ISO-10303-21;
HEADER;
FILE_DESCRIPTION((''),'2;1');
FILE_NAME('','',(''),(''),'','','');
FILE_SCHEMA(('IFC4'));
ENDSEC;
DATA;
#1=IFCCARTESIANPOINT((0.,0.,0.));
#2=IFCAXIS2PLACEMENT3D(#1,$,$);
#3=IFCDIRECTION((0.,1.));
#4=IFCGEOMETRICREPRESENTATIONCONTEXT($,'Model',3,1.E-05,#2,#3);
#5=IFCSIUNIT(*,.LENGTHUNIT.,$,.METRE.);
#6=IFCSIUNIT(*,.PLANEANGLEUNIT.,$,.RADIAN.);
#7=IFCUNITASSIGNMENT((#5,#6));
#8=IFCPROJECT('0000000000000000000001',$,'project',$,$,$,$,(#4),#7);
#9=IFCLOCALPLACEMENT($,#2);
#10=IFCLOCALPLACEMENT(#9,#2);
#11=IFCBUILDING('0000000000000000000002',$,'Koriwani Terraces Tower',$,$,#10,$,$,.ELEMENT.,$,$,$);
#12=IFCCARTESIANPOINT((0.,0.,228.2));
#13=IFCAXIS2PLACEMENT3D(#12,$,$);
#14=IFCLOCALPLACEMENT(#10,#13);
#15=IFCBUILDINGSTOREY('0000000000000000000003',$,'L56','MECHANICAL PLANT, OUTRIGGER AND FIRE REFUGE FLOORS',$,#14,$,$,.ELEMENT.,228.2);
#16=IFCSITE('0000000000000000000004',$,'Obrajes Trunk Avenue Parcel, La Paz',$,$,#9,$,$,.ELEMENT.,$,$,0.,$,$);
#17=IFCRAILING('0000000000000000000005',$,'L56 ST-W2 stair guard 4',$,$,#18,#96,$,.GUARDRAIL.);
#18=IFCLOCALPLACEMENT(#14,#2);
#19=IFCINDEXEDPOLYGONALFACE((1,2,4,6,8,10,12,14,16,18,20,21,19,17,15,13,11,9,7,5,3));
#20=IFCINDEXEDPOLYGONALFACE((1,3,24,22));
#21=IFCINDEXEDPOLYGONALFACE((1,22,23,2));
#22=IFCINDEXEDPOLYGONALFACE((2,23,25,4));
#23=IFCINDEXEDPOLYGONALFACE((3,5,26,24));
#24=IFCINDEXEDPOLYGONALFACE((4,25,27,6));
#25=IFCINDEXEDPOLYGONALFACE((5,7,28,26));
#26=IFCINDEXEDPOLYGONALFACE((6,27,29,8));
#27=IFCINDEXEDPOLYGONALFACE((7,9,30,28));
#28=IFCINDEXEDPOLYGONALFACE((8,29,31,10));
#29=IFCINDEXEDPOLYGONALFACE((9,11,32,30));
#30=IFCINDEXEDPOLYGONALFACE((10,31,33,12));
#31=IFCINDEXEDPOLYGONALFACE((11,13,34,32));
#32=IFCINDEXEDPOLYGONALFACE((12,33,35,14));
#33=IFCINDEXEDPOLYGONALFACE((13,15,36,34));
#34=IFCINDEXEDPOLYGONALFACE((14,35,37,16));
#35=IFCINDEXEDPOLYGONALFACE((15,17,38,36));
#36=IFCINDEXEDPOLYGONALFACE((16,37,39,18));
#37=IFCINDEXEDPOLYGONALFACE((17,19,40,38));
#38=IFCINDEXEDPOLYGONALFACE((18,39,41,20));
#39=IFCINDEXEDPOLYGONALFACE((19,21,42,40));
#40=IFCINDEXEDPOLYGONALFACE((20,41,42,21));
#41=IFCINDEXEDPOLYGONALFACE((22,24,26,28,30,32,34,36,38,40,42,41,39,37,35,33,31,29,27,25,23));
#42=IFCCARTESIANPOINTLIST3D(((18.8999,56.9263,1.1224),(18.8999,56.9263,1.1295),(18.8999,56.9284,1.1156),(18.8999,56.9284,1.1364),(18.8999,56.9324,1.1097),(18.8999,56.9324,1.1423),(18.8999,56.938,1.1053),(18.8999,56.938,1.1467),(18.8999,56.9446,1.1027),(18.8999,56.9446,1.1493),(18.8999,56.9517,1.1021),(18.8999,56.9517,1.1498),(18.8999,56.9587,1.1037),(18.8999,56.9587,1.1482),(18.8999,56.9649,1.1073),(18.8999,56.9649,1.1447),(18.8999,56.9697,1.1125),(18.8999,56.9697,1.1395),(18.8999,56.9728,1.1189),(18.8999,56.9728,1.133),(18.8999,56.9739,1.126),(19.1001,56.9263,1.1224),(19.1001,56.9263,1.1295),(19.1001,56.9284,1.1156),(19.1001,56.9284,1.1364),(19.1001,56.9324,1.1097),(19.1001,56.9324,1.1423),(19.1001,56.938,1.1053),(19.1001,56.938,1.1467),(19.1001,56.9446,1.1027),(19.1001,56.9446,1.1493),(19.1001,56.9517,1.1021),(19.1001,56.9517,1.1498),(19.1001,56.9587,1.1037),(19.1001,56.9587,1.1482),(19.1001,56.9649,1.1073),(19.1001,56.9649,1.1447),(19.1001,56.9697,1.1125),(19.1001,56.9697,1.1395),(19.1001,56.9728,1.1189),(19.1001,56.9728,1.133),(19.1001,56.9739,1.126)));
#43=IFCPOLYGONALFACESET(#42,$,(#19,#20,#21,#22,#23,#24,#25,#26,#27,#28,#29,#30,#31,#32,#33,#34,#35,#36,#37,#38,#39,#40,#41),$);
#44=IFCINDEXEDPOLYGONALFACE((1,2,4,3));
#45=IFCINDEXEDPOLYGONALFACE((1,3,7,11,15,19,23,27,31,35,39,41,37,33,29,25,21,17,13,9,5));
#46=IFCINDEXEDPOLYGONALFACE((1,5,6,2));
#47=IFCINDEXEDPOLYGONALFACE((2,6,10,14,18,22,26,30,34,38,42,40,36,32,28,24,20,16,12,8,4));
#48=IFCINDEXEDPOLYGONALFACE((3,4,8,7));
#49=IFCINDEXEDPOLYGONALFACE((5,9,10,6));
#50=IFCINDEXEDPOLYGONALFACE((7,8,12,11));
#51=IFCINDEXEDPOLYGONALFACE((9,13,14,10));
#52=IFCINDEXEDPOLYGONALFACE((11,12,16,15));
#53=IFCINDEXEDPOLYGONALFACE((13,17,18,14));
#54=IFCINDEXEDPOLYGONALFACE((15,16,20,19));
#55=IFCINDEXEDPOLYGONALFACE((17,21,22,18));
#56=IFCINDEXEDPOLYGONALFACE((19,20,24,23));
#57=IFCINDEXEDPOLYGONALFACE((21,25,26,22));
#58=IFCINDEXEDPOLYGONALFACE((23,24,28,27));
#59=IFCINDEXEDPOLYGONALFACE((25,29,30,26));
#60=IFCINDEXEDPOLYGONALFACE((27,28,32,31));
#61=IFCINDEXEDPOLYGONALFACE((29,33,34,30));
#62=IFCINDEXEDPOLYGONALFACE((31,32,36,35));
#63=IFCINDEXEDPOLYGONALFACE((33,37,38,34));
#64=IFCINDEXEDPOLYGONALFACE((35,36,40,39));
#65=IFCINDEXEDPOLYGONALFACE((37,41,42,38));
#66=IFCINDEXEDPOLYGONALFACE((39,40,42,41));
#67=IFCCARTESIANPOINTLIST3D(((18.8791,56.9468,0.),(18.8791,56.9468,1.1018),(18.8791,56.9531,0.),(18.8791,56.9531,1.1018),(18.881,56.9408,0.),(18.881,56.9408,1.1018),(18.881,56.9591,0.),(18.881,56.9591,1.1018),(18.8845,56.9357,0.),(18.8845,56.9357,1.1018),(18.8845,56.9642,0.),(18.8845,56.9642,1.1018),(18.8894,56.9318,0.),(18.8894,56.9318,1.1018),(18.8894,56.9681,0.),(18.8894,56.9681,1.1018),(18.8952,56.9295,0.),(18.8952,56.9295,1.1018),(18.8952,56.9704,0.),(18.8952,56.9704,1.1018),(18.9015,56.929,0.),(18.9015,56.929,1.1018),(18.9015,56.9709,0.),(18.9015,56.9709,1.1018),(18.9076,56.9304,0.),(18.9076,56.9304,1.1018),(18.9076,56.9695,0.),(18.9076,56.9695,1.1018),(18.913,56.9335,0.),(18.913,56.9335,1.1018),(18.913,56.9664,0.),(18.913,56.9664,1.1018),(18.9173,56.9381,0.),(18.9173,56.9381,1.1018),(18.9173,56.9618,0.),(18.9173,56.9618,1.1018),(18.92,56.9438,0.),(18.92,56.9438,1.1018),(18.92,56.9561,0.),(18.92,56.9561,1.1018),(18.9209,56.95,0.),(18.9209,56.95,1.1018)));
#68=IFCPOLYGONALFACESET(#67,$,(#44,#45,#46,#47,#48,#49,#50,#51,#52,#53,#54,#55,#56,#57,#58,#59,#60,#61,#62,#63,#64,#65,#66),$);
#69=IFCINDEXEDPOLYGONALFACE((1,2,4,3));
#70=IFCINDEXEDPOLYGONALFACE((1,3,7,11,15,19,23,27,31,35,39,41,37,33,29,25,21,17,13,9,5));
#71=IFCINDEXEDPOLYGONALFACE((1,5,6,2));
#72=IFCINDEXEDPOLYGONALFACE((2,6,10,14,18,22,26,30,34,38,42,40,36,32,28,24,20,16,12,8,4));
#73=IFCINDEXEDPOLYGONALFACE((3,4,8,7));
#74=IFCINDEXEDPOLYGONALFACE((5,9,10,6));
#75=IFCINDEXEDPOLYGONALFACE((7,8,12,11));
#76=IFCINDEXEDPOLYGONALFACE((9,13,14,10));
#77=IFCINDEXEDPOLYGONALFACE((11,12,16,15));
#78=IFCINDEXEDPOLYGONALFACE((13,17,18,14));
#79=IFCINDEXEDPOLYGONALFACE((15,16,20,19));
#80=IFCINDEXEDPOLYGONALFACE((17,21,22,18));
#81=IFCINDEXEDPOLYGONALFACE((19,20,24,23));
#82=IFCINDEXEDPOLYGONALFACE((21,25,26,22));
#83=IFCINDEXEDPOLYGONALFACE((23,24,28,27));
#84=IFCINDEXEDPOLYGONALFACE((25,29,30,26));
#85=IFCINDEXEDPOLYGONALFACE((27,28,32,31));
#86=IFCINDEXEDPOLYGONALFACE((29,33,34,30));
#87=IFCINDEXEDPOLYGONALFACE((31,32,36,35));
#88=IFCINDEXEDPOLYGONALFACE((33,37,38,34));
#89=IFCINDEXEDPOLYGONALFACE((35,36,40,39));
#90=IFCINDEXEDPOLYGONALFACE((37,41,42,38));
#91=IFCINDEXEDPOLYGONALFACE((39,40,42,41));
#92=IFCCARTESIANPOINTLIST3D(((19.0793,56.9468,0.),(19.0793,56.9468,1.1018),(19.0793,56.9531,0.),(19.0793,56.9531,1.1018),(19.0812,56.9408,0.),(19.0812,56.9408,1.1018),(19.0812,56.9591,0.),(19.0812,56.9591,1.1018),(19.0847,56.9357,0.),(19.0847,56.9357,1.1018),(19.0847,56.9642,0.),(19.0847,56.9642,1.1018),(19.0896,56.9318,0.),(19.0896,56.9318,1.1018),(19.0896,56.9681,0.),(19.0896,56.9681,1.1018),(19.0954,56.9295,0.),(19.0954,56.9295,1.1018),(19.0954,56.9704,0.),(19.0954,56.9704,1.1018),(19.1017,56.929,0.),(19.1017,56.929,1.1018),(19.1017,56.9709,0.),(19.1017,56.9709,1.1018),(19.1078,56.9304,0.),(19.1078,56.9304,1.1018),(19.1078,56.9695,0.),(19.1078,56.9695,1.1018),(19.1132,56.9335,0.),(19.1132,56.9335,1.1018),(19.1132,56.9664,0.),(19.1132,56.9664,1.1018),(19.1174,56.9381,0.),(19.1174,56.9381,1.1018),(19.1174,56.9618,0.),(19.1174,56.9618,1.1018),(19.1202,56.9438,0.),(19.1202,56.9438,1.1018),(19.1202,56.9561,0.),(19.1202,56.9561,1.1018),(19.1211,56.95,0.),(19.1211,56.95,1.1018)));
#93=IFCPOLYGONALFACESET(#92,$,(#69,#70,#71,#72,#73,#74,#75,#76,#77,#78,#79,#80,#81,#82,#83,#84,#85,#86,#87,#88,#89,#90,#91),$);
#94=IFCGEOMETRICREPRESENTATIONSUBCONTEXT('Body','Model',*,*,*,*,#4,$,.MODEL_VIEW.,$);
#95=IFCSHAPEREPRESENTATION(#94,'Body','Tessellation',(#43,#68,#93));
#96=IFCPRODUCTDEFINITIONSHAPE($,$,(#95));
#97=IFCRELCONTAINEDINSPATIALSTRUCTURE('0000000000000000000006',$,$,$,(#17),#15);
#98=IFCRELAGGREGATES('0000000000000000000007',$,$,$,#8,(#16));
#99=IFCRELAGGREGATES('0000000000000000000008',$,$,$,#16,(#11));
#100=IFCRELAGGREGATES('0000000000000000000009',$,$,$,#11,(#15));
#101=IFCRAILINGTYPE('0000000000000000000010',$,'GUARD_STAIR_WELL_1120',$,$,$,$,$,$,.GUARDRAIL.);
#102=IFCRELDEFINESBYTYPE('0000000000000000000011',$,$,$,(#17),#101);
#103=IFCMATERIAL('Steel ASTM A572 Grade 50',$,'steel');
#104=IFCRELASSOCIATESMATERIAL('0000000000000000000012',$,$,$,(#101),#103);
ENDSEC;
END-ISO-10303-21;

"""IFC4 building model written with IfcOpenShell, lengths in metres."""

from ifc_helpers import new_model, si_unit, direction, frame, origin, origin_2d, place, context, subcontext, project, spatial, circle, extrude, material, type_object, element, save


model = new_model("IFC4")

# Units and contexts
model_context = context("Model", 3, precision=1e-05, world=origin(), true_north=direction((0.0, 1.0)))
body_context = subcontext(model_context, "Body", "Model", "MODEL_VIEW")
ifc_project = project(units=[si_unit("LENGTHUNIT", "METRE"), si_unit("PLANEANGLEUNIT", "RADIAN")], contexts=[model_context])

# Site, building, storey
site_placement = place(None, origin())
site = spatial("IfcSite", under=ifc_project, at=site_placement, Name="Obrajes Trunk Avenue Parcel, La Paz", CompositionType="ELEMENT", RefElevation=0.0)
building_placement = place(site_placement, origin())
building = spatial("IfcBuilding", under=site, at=building_placement, Name="Koriwani Terraces Tower", CompositionType="ELEMENT")
storey_placement = place(building_placement, frame((0.0, 0.0, 228.2)))
storey = spatial("IfcBuildingStorey", under=building, at=storey_placement, Name="L56", Description="MECHANICAL PLANT, OUTRIGGER AND FIRE REFUGE FLOORS", CompositionType="ELEMENT", Elevation=228.2)

# Shared definitions
ifc_material_1 = material(Name="Steel ASTM A572 Grade 50", Category="steel")

# Railing
railing_type_1 = type_object("IfcRailingType", Name="GUARD_STAIR_WELL_1120", PredefinedType="GUARDRAIL", material=ifc_material_1)
railing_1_placement = place(storey_placement, frame((18.8999, 56.95, 0.0)))
element("IfcRailing", 1, at=railing_1_placement, inside=storey, type_object=railing_type_1, Name="L56 ST-W2 stair guard 4", PredefinedType="GUARDRAIL", context=body_context, shape_type="SweptSolid", body=[
    extrude(circle(Radius=0.0239, at=origin_2d()), frame((0.0, 0.0, 1.126), z_axis=(1.0, 0.0, 0.0), x_axis=(0.0, 1.0, 0.0)), (0.0, 0.0, 1.0), 0.2002),
    extrude(circle(Radius=0.021, at=origin_2d()), origin(), (0.0, 0.0, 1.0), 1.1018),
    extrude(circle(Radius=0.021, at=origin_2d()), frame((0.2002, 0.0, 0.0)), (0.0, 0.0, 1.0), 1.1018),
])

save(model, "model.ifc")
